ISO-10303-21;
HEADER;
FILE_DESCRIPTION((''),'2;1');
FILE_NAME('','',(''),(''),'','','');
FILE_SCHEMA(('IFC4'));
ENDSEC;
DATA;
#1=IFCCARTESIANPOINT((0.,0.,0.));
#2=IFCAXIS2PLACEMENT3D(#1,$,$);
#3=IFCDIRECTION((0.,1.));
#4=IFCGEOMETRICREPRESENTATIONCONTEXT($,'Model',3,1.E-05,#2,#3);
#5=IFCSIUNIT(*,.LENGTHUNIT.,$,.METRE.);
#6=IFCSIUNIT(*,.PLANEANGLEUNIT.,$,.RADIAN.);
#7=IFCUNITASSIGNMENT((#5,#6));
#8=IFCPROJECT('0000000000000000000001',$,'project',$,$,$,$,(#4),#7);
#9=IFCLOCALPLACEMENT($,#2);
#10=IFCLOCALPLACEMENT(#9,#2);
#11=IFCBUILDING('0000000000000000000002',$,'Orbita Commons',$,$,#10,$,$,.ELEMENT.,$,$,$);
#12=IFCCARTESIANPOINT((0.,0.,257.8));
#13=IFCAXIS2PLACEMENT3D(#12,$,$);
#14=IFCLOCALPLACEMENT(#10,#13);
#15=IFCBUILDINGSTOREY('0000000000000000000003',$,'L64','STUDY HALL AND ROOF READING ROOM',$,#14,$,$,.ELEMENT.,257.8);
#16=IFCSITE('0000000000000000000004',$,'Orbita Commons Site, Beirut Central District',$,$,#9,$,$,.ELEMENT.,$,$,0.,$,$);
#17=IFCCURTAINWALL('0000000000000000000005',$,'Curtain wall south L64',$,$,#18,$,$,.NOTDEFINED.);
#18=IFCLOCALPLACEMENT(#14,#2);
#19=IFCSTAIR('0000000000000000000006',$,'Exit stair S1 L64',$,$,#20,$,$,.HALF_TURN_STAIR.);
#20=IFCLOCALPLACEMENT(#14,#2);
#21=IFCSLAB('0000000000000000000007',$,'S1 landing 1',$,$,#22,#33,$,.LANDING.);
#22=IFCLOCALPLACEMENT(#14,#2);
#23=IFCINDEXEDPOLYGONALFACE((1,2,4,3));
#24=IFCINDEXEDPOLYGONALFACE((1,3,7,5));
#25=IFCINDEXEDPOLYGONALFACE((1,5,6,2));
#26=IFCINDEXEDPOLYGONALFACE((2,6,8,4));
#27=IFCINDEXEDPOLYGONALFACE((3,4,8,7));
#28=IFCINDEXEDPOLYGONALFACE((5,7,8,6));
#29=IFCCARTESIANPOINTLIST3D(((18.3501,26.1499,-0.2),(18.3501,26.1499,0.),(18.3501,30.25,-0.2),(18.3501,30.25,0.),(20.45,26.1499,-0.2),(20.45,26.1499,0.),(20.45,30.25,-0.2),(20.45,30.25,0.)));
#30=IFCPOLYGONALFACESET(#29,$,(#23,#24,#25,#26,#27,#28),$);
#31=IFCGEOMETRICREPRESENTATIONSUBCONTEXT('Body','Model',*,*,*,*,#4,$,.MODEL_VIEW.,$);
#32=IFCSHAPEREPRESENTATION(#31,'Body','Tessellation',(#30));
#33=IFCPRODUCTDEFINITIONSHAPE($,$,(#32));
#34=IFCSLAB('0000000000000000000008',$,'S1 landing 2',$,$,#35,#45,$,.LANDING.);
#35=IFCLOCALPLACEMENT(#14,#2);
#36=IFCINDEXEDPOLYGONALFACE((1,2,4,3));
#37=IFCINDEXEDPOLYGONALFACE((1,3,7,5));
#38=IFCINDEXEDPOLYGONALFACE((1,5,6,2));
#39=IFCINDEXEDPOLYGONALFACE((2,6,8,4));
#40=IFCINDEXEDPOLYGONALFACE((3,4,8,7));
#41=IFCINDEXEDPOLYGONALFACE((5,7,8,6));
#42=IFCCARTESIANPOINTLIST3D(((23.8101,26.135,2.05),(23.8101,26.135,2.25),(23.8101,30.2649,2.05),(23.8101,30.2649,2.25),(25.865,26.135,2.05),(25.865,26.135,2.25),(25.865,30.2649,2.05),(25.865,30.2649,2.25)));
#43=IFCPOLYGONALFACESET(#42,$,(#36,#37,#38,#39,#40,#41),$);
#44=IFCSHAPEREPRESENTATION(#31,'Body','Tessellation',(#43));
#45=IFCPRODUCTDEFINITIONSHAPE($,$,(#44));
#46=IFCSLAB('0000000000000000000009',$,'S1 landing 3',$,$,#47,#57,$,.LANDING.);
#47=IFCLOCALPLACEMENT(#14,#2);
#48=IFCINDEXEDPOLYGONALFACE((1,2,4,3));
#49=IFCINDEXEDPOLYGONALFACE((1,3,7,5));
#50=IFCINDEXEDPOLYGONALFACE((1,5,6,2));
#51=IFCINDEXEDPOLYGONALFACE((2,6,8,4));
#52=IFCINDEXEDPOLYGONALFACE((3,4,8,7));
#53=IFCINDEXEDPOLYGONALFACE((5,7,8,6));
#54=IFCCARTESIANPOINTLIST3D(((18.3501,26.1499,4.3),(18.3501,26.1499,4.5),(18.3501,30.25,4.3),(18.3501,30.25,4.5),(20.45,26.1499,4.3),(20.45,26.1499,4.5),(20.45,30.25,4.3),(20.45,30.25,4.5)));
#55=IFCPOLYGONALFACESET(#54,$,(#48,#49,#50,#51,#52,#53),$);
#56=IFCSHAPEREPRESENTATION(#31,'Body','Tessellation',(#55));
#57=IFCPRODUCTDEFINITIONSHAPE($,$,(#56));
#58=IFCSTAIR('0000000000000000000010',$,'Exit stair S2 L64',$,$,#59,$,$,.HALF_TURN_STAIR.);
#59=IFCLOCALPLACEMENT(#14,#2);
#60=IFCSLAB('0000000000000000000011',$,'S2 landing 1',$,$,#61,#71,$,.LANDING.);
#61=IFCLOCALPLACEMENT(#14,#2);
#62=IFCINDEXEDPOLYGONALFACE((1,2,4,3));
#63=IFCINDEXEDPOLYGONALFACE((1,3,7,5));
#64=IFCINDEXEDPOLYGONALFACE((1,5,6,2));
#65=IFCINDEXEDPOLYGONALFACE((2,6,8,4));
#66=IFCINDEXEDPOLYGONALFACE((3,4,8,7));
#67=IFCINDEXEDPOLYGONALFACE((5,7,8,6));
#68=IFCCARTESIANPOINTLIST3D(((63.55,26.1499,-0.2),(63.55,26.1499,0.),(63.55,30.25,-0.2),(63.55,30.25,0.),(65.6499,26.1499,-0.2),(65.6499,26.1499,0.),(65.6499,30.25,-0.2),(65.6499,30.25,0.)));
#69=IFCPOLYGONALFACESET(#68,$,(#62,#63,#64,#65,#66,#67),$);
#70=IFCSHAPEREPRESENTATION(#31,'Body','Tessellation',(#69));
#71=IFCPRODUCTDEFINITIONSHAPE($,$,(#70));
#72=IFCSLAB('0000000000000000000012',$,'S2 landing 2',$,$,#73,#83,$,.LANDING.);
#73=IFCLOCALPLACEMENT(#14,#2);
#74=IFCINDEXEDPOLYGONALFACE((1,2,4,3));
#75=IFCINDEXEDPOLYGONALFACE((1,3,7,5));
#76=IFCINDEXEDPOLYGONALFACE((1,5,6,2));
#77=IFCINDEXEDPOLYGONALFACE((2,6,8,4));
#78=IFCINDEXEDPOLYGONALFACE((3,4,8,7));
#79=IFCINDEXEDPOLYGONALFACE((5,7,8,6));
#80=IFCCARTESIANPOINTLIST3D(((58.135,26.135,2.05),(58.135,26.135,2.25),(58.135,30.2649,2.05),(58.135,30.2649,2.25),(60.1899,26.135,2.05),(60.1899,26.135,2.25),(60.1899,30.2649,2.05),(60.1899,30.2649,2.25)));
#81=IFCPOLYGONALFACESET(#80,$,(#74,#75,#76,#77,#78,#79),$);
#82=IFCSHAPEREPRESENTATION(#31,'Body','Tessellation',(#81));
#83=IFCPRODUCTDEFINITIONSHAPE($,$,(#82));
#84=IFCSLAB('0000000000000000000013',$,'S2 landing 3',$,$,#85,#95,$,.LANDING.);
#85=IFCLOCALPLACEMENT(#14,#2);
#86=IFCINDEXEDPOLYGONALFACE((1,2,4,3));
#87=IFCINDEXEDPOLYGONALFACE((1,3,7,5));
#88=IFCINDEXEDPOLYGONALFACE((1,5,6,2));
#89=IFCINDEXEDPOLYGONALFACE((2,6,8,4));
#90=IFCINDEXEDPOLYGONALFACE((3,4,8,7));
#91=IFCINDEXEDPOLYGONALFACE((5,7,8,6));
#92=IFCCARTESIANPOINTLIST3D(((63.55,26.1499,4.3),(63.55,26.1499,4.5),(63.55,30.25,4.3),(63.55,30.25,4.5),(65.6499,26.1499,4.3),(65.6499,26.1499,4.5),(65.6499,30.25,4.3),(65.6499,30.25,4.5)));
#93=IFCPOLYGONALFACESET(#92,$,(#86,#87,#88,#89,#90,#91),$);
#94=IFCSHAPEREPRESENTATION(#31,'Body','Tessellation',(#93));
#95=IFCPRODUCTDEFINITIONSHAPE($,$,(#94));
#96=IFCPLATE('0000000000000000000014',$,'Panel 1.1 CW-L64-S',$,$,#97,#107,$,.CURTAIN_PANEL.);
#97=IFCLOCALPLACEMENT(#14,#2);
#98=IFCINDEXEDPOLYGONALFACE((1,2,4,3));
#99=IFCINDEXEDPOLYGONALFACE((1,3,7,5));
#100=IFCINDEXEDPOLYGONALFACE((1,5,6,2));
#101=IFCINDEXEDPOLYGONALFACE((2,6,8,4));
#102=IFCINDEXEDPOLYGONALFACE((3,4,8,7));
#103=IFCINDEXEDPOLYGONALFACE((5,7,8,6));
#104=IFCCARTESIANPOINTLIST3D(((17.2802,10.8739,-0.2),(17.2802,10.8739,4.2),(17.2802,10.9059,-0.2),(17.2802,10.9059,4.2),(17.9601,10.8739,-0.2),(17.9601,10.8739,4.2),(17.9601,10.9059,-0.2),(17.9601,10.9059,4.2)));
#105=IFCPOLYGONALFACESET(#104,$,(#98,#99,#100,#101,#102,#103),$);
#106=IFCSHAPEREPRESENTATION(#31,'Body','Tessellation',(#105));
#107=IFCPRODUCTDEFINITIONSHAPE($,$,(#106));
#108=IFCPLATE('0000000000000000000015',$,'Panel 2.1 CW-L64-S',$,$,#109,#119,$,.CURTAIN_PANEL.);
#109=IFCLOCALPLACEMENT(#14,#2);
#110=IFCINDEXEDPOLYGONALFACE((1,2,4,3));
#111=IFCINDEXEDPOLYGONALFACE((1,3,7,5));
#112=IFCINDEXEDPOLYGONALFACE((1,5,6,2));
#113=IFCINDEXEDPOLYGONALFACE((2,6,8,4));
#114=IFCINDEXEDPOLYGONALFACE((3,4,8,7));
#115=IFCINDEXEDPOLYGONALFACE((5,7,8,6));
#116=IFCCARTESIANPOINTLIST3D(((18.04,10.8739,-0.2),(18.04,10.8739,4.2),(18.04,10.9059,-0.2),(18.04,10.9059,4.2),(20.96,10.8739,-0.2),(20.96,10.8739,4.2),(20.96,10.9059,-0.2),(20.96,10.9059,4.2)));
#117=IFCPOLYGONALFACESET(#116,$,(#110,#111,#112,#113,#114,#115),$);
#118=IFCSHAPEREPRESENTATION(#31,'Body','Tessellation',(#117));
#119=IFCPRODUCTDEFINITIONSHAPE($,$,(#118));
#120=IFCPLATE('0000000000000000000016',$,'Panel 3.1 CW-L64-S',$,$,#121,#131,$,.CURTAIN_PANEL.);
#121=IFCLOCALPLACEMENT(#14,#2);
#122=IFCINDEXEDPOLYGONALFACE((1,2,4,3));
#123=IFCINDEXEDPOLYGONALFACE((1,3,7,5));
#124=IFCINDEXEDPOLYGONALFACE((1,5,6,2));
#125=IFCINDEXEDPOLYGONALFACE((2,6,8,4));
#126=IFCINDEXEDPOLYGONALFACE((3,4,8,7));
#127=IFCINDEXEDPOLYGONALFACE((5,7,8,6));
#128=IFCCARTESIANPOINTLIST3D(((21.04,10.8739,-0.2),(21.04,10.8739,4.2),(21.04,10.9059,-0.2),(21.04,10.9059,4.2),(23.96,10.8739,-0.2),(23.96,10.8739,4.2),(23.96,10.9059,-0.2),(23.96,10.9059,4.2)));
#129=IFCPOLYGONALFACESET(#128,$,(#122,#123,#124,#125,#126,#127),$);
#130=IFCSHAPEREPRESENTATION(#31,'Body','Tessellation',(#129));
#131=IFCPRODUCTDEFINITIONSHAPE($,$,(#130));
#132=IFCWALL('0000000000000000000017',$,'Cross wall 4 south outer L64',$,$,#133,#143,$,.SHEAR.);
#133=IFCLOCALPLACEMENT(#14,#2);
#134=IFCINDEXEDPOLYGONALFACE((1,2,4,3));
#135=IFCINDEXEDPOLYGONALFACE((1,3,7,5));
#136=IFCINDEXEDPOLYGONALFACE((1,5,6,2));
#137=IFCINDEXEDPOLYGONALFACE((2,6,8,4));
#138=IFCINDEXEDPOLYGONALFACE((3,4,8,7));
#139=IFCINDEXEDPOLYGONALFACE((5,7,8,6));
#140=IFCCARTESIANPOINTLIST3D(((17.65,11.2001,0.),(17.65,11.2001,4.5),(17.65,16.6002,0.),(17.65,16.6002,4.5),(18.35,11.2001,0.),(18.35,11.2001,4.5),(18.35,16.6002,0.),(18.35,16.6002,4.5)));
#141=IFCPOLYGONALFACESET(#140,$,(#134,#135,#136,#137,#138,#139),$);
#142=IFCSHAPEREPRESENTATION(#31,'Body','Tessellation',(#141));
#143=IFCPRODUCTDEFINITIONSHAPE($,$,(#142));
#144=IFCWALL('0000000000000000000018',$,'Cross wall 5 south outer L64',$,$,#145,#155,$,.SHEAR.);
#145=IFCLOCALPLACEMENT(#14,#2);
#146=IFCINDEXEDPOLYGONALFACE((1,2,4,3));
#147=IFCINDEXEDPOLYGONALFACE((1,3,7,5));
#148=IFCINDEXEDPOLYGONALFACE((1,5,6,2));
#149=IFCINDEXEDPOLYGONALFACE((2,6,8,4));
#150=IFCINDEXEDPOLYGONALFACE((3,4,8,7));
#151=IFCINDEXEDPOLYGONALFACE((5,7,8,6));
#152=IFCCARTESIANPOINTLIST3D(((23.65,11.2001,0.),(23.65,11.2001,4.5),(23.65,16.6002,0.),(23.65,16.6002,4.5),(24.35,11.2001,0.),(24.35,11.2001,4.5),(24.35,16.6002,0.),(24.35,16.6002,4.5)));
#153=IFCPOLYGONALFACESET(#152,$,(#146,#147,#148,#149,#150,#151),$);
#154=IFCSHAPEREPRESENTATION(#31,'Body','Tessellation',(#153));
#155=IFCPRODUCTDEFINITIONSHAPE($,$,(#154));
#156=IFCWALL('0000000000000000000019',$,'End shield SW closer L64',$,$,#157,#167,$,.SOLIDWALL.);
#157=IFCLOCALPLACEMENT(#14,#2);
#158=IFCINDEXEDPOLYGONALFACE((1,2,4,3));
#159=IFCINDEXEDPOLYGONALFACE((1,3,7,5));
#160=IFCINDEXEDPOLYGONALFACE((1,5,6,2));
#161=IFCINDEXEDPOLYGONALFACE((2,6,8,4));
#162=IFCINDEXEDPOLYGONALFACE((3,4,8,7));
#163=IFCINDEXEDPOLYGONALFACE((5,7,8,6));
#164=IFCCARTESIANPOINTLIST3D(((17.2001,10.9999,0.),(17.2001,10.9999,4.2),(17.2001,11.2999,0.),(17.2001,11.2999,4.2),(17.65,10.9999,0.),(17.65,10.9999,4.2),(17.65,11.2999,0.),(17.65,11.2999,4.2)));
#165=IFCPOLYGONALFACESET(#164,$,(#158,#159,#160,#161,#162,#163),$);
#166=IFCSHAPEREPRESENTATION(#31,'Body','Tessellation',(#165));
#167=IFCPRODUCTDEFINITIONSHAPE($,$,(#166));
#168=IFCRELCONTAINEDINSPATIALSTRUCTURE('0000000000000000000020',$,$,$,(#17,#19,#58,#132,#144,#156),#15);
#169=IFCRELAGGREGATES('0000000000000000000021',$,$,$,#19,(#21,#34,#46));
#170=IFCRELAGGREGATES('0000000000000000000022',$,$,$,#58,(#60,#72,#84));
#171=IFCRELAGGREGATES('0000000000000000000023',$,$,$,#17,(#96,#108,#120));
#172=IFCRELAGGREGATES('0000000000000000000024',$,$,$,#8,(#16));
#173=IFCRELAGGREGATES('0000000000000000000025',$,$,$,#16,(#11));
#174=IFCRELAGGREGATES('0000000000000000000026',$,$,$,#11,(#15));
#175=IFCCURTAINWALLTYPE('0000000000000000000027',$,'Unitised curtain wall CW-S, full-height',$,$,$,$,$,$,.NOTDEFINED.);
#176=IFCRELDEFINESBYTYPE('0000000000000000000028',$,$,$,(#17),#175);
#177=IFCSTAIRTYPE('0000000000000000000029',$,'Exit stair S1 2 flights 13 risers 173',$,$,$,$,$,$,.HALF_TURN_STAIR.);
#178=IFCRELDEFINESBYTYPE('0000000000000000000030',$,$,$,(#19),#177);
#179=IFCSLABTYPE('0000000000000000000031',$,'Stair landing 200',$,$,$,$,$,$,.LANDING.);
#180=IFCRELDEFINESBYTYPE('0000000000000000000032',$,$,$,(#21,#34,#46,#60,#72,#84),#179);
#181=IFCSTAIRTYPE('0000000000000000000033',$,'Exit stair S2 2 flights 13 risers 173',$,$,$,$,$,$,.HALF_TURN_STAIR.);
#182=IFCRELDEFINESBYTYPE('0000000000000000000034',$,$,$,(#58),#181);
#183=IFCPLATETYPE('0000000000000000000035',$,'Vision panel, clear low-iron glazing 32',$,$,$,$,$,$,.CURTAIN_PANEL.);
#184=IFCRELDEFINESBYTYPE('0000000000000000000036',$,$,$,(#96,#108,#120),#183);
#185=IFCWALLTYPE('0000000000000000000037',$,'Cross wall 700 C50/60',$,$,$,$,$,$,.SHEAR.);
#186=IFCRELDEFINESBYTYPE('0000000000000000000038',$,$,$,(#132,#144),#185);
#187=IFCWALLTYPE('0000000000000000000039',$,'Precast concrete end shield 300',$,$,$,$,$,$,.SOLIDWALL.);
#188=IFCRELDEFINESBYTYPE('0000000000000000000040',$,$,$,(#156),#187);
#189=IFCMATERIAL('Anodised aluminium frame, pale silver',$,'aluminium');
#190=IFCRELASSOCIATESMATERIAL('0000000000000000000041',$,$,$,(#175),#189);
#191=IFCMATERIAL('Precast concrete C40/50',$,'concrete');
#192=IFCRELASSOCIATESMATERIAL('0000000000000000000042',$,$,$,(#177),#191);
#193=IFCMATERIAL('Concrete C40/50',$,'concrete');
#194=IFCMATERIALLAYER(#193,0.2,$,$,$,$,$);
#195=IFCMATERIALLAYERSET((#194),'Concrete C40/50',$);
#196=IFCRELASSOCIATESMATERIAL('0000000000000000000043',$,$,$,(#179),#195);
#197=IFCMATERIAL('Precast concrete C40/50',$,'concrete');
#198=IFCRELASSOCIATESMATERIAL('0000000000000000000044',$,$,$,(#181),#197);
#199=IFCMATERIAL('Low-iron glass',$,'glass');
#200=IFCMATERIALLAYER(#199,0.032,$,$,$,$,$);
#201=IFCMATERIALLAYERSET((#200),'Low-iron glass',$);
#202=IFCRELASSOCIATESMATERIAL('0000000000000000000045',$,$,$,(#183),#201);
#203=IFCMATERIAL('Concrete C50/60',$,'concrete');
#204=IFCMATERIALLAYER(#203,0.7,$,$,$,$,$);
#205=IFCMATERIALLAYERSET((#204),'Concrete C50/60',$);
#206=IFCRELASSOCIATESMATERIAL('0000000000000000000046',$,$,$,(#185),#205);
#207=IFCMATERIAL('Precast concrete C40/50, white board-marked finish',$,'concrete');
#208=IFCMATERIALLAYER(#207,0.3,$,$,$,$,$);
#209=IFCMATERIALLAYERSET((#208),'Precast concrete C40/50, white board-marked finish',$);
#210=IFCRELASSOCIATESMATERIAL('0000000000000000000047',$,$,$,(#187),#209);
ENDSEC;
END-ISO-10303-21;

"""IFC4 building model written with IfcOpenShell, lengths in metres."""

from ifc_helpers import new_model, si_unit, direction, frame, frame_2d, origin, origin_2d, place, context, subcontext, project, spatial, polyline, rectangle, outline, extrude, material, layer, layer_set, type_object, element, aggregate, save


model = new_model("IFC4")

# Units and contexts
model_context = context("Model", 3, precision=1e-05, world=origin(), true_north=direction((0.0, 1.0)))
body_context = subcontext(model_context, "Body", "Model", "MODEL_VIEW")
ifc_project = project(units=[si_unit("LENGTHUNIT", "METRE"), si_unit("PLANEANGLEUNIT", "RADIAN")], contexts=[model_context])

# Site, building, storey
site_placement = place(None, origin())
site = spatial("IfcSite", under=ifc_project, at=site_placement, Name="Orbita Commons Site, Beirut Central District", CompositionType="ELEMENT", RefElevation=0.0)
building_placement = place(site_placement, origin())
building = spatial("IfcBuilding", under=site, at=building_placement, Name="Orbita Commons", CompositionType="ELEMENT")
storey_placement = place(building_placement, frame((0.0, 0.0, 257.8)))
storey = spatial("IfcBuildingStorey", under=building, at=storey_placement, Name="L64", Description="STUDY HALL AND ROOF READING ROOM", CompositionType="ELEMENT", Elevation=257.8)

# Curtain wall
ifc_material_1 = material(Name="Anodised aluminium frame, pale silver", Category="aluminium")
curtain_wall_type = type_object("IfcCurtainWallType", Name="Unitised curtain wall CW-S, full-height", PredefinedType="NOTDEFINED", material=ifc_material_1)
curtain_wall_placement = place(storey_placement, origin())
curtain_wall = element("IfcCurtainWall", 1, at=curtain_wall_placement, inside=storey, type_object=curtain_wall_type, Name="Curtain wall south L64", PredefinedType="NOTDEFINED")

# Stairs, slabs
ifc_material_2 = material(Name="Precast concrete C40/50", Category="concrete")
stair_type_1 = type_object("IfcStairType", Name="Exit stair S1 2 flights 13 risers 173", PredefinedType="HALF_TURN_STAIR", material=ifc_material_2)
stair_1_placement = place(storey_placement, origin())
stair_1 = element("IfcStair", 2, at=stair_1_placement, inside=storey, type_object=stair_type_1, Name="Exit stair S1 L64", PredefinedType="HALF_TURN_STAIR")
ifc_material_3 = material(Name="Concrete C40/50", Category="concrete")
ifc_layer_1 = layer(ifc_material_3, 0.2)
ifc_layer_set_1 = layer_set([ifc_layer_1], Name="Concrete C40/50")
slab_type_1 = type_object("IfcSlabType", Name="Stair landing 200", PredefinedType="LANDING", material=ifc_layer_set_1)
slab_1_placement = place(storey_placement, frame((0.0, 0.0, -0.2)))
slab_1 = element("IfcSlab", 3, at=slab_1_placement, type_object=slab_type_1, Name="S1 landing 1", PredefinedType="LANDING", context=body_context, shape_type="SweptSolid", body=[
    extrude(outline(polyline([(18.3501, 26.1499), (20.45, 26.1499), (20.45, 30.25), (18.3501, 30.25), (18.3501, 26.1499)])), origin(), (0.0, 0.0, 1.0), 0.2),
])
slab_2_placement = place(storey_placement, frame((0.0, 0.0, 2.05)))
slab_2 = element("IfcSlab", 4, at=slab_2_placement, type_object=slab_type_1, Name="S1 landing 2", PredefinedType="LANDING", context=body_context, shape_type="SweptSolid", body=[
    extrude(outline(polyline([(23.8101, 26.135), (25.865, 26.135), (25.865, 30.2649), (23.8101, 30.2649), (23.8101, 26.135)])), origin(), (0.0, 0.0, 1.0), 0.2),
])
slab_3_placement = place(storey_placement, frame((0.0, 0.0, 4.3)))
slab_3 = element("IfcSlab", 5, at=slab_3_placement, type_object=slab_type_1, Name="S1 landing 3", PredefinedType="LANDING", context=body_context, shape_type="SweptSolid", body=[
    extrude(outline(polyline([(18.3501, 26.1499), (20.45, 26.1499), (20.45, 30.25), (18.3501, 30.25), (18.3501, 26.1499)])), origin(), (0.0, 0.0, 1.0), 0.2),
])
aggregate(stair_1, [slab_1, slab_2, slab_3])
ifc_material_4 = material(Name="Precast concrete C40/50", Category="concrete")
stair_type_2 = type_object("IfcStairType", Name="Exit stair S2 2 flights 13 risers 173", PredefinedType="HALF_TURN_STAIR", material=ifc_material_4)
stair_2_placement = place(storey_placement, origin())
stair_2 = element("IfcStair", 6, at=stair_2_placement, inside=storey, type_object=stair_type_2, Name="Exit stair S2 L64", PredefinedType="HALF_TURN_STAIR")
slab_4_placement = place(storey_placement, frame((0.0, 0.0, -0.2)))
slab_4 = element("IfcSlab", 7, at=slab_4_placement, type_object=slab_type_1, Name="S2 landing 1", PredefinedType="LANDING", context=body_context, shape_type="SweptSolid", body=[
    extrude(outline(polyline([(63.55, 26.1499), (65.6499, 26.1499), (65.6499, 30.25), (63.55, 30.25), (63.55, 26.1499)])), origin(), (0.0, 0.0, 1.0), 0.2),
])
slab_5_placement = place(storey_placement, frame((0.0, 0.0, 2.05)))
slab_5 = element("IfcSlab", 8, at=slab_5_placement, type_object=slab_type_1, Name="S2 landing 2", PredefinedType="LANDING", context=body_context, shape_type="SweptSolid", body=[
    extrude(outline(polyline([(58.135, 26.135), (60.1899, 26.135), (60.1899, 30.2649), (58.135, 30.2649), (58.135, 26.135)])), origin(), (0.0, 0.0, 1.0), 0.2),
])
slab_6_placement = place(storey_placement, frame((0.0, 0.0, 4.3)))
slab_6 = element("IfcSlab", 9, at=slab_6_placement, type_object=slab_type_1, Name="S2 landing 3", PredefinedType="LANDING", context=body_context, shape_type="SweptSolid", body=[
    extrude(outline(polyline([(63.55, 26.1499), (65.6499, 26.1499), (65.6499, 30.25), (63.55, 30.25), (63.55, 26.1499)])), origin(), (0.0, 0.0, 1.0), 0.2),
])
aggregate(stair_2, [slab_4, slab_5, slab_6])

# Plates
ifc_material_5 = material(Name="Low-iron glass", Category="glass")
ifc_layer_2 = layer(ifc_material_5, 0.032)
ifc_layer_set_2 = layer_set([ifc_layer_2], Name="Low-iron glass")
plate_type = type_object("IfcPlateType", Name="Vision panel, clear low-iron glazing 32", PredefinedType="CURTAIN_PANEL", material=ifc_layer_set_2)
plate_1_placement = place(storey_placement, frame((17.6201, 10.8899, -0.2), z_axis=(0.0, 0.0, 1.0), x_axis=(1.0, 0.0, 0.0)))
plate_1 = element("IfcPlate", 10, at=plate_1_placement, type_object=plate_type, Name="Panel 1.1 CW-L64-S", PredefinedType="CURTAIN_PANEL", context=body_context, shape_type="SweptSolid", body=[
    extrude(rectangle(XDim=0.6799, YDim=0.032, at=origin_2d()), origin(), (0.0, 0.0, 1.0), 4.3999),
])
plate_2_placement = place(storey_placement, frame((19.5, 10.8899, -0.2), z_axis=(0.0, 0.0, 1.0), x_axis=(1.0, 0.0, 0.0)))
plate_2 = element("IfcPlate", 11, at=plate_2_placement, type_object=plate_type, Name="Panel 2.1 CW-L64-S", PredefinedType="CURTAIN_PANEL", context=body_context, shape_type="SweptSolid", body=[
    extrude(rectangle(XDim=2.9199, YDim=0.032, at=origin_2d()), origin(), (0.0, 0.0, 1.0), 4.3999),
])
plate_3_placement = place(storey_placement, frame((22.5, 10.8899, -0.2), z_axis=(0.0, 0.0, 1.0), x_axis=(1.0, 0.0, 0.0)))
plate_3 = element("IfcPlate", 12, at=plate_3_placement, type_object=plate_type, Name="Panel 3.1 CW-L64-S", PredefinedType="CURTAIN_PANEL", context=body_context, shape_type="SweptSolid", body=[
    extrude(rectangle(XDim=2.9199, YDim=0.032, at=origin_2d()), origin(), (0.0, 0.0, 1.0), 4.3999),
])
aggregate(curtain_wall, [plate_1, plate_2, plate_3])

# Walls
ifc_material_6 = material(Name="Concrete C50/60", Category="concrete")
ifc_layer_3 = layer(ifc_material_6, 0.7)
ifc_layer_set_3 = layer_set([ifc_layer_3], Name="Concrete C50/60")
wall_type_1 = type_object("IfcWallType", Name="Cross wall 700 C50/60", PredefinedType="SHEAR", material=ifc_layer_set_3)
for number, where, z_axis, x_axis, name in (
    (13, (18.0, 11.2, 0.0), (0.0, 0.0, 1.0), (0.0, 1.0, 0.0), "Cross wall 4 south outer L64"),
    (14, (24.0, 11.2, 0.0), (0.0, 0.0, 1.0), (0.0, 1.0, 0.0), "Cross wall 5 south outer L64"),
):
    element("IfcWall", number, at=place(storey_placement, frame(where, z_axis=z_axis, x_axis=x_axis)), inside=storey, type_object=wall_type_1, Name=name, PredefinedType="SHEAR", context=body_context, shape_type="SweptSolid", body=[
        extrude(rectangle(XDim=5.4001, YDim=0.7, at=frame_2d((2.7002, 0.0))), origin(), (0.0, 0.0, 1.0), 4.5),
    ])
ifc_material_7 = material(Name="Precast concrete C40/50, white board-marked finish", Category="concrete")
ifc_layer_4 = layer(ifc_material_7, 0.3)
ifc_layer_set_4 = layer_set([ifc_layer_4], Name="Precast concrete C40/50, white board-marked finish")
wall_type_2 = type_object("IfcWallType", Name="Precast concrete end shield 300", PredefinedType="SOLIDWALL", material=ifc_layer_set_4)
wall_placement = place(storey_placement, frame((17.2, 11.1499, 0.0), z_axis=(0.0, 0.0, 1.0), x_axis=(1.0, 0.0, 0.0)))
element("IfcWall", 15, at=wall_placement, inside=storey, type_object=wall_type_2, Name="End shield SW closer L64", PredefinedType="SOLIDWALL", context=body_context, shape_type="SweptSolid", body=[
    extrude(rectangle(XDim=0.45, YDim=0.3, at=frame_2d((0.2251, 0.0))), origin(), (0.0, 0.0, 1.0), 4.2),
])

save(model, "model.ifc")
